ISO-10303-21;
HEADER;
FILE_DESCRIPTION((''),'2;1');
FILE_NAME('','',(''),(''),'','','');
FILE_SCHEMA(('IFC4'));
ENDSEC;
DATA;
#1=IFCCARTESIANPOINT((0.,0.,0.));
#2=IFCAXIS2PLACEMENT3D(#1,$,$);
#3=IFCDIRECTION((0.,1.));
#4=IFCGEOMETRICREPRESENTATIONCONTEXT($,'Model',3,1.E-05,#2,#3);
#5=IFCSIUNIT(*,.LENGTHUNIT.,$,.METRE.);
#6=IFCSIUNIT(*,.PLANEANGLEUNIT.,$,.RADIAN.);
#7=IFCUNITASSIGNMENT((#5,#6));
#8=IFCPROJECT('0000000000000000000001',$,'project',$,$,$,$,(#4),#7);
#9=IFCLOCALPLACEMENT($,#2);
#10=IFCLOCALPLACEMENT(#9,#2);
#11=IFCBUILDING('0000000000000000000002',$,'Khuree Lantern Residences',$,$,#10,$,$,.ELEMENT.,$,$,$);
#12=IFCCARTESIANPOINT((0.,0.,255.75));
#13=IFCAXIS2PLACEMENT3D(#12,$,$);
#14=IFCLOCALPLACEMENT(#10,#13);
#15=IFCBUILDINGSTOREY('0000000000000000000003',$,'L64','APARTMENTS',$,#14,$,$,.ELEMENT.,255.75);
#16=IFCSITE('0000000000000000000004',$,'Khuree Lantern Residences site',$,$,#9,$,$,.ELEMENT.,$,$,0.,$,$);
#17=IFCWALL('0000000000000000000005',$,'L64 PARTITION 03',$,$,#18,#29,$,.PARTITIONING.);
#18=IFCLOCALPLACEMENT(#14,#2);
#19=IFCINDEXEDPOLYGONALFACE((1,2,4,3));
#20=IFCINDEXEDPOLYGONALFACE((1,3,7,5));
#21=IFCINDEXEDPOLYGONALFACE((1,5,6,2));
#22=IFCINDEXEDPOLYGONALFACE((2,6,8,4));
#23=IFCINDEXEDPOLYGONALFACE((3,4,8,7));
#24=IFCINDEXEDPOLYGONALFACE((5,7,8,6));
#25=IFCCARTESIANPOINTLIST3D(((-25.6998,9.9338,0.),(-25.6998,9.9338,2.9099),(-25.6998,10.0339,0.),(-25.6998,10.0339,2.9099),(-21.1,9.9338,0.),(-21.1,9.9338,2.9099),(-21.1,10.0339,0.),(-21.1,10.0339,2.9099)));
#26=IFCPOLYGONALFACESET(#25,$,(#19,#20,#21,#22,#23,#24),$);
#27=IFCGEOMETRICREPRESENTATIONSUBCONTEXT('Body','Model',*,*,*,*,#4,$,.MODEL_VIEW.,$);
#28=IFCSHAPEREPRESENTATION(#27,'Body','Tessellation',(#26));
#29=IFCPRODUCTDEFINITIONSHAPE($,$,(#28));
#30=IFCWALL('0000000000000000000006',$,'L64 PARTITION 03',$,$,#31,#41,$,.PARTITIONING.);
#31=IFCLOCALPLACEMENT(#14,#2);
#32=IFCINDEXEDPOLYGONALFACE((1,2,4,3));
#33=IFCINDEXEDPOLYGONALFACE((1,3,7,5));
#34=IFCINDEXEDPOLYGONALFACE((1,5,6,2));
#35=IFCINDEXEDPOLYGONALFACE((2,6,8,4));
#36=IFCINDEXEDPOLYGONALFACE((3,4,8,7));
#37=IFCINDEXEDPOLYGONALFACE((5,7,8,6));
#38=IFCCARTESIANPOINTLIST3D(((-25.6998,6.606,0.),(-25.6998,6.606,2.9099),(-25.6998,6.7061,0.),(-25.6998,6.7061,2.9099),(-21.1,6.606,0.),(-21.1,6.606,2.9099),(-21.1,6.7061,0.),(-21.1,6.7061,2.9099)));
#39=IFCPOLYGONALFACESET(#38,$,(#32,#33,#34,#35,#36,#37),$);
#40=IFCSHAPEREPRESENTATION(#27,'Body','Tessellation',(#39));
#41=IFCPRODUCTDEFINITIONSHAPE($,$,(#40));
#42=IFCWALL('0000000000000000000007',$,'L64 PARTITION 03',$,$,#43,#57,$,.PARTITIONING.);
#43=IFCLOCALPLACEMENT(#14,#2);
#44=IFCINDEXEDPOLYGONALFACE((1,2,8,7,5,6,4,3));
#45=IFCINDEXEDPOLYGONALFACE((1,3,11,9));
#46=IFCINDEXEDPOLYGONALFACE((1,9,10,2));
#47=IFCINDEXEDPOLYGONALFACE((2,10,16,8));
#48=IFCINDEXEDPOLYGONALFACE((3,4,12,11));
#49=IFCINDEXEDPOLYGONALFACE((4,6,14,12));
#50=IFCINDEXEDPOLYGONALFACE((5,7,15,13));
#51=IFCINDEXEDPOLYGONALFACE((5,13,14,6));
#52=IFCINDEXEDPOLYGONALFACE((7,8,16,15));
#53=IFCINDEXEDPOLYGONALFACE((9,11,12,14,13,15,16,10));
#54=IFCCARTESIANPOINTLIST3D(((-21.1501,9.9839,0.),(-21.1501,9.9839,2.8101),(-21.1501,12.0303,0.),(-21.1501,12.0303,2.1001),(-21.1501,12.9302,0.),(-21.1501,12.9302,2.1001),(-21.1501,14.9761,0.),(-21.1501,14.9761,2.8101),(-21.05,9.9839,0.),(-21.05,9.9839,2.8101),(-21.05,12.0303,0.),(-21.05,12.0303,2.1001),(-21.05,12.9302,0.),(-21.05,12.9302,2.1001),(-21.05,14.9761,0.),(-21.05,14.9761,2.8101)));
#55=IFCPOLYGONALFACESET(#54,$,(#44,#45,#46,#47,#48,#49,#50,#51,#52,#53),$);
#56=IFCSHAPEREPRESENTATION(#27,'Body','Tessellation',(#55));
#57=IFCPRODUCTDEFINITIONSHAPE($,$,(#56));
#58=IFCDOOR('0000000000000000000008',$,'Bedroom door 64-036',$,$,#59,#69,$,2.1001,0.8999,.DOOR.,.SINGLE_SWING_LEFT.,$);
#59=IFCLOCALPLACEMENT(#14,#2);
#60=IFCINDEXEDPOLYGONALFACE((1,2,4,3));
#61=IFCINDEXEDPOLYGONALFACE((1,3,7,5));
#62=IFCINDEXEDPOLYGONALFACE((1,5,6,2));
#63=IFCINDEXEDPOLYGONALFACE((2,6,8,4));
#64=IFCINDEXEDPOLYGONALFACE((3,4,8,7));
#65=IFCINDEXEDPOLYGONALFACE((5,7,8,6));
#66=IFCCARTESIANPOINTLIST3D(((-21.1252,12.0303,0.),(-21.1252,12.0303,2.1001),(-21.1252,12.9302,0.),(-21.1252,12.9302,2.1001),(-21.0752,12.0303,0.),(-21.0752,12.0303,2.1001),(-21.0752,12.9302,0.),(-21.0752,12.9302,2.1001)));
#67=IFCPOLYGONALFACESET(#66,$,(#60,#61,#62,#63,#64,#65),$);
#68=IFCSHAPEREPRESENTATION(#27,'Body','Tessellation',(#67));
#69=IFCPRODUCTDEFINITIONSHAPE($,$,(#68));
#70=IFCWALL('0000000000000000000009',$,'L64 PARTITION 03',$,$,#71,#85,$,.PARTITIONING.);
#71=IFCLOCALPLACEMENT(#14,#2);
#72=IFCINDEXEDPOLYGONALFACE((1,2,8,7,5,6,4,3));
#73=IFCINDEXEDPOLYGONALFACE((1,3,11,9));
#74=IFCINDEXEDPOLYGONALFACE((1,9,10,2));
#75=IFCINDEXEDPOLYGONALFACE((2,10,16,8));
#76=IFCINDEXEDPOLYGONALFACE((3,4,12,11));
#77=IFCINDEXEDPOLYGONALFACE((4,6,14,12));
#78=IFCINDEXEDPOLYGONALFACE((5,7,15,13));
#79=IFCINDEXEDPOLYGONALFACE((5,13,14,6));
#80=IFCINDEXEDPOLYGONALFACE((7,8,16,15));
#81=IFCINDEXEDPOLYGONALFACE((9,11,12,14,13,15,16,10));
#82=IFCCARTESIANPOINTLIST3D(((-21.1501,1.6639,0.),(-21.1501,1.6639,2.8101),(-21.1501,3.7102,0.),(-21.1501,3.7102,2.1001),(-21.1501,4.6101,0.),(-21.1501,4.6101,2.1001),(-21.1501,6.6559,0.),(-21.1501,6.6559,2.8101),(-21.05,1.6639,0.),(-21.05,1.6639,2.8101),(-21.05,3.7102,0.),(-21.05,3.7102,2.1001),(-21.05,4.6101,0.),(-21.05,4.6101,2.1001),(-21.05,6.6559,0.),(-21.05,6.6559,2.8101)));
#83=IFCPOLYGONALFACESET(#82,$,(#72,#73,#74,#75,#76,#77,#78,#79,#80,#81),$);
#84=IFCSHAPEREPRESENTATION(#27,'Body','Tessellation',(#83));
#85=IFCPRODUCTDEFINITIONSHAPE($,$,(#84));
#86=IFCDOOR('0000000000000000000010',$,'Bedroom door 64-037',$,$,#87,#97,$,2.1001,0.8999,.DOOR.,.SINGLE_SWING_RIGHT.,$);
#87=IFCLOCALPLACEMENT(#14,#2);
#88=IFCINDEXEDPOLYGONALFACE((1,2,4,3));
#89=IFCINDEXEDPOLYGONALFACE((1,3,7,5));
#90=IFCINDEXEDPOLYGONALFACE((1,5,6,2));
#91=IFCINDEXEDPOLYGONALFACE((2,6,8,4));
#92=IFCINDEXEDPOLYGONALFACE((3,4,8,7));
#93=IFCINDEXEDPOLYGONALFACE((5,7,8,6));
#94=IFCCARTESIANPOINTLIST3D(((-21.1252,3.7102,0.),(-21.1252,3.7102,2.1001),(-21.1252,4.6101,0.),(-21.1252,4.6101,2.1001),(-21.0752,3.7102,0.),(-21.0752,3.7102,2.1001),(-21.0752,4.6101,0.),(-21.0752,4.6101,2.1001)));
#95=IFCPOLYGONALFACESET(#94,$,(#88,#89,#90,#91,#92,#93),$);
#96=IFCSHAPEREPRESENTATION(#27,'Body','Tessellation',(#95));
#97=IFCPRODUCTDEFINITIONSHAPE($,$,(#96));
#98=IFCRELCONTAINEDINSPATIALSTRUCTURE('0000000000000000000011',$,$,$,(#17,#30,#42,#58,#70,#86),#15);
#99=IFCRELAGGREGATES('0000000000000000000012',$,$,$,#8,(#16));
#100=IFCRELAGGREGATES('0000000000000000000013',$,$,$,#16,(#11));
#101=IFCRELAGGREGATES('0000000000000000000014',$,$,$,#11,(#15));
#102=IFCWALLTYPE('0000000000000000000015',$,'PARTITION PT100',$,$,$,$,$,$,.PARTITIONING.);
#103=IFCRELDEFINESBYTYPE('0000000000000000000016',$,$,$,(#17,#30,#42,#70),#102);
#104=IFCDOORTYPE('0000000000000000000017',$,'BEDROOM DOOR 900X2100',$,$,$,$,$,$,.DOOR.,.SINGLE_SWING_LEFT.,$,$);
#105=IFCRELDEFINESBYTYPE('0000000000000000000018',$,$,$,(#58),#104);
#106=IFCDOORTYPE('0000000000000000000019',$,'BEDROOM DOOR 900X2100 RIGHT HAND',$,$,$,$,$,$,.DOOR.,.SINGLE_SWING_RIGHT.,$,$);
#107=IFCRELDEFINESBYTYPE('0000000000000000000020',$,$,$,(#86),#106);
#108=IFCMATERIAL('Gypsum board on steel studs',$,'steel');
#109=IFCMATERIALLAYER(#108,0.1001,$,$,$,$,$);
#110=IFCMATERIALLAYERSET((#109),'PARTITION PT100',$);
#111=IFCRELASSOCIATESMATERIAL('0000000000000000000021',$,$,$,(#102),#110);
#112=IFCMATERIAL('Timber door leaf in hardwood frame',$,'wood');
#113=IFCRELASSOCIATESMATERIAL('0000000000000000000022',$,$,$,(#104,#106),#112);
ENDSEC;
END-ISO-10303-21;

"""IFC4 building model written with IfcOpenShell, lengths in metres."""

from ifc_helpers import new_model, si_unit, direction, frame, frame_2d, origin, place, context, subcontext, project, spatial, rectangle, extrude, material, layer, layer_set, type_object, element, fill, save


model = new_model("IFC4")

# Units and contexts
model_context = context("Model", 3, precision=1e-05, world=origin(), true_north=direction((0.0, 1.0)))
body_context = subcontext(model_context, "Body", "Model", "MODEL_VIEW")
ifc_project = project(units=[si_unit("LENGTHUNIT", "METRE"), si_unit("PLANEANGLEUNIT", "RADIAN")], contexts=[model_context])

# Site, building, storey
site_placement = place(None, origin())
site = spatial("IfcSite", under=ifc_project, at=site_placement, Name="Khuree Lantern Residences site", CompositionType="ELEMENT", RefElevation=0.0)
building_placement = place(site_placement, origin())
building = spatial("IfcBuilding", under=site, at=building_placement, Name="Khuree Lantern Residences", CompositionType="ELEMENT")
storey_placement = place(building_placement, frame((0.0, 0.0, 255.75)))
storey = spatial("IfcBuildingStorey", under=building, at=storey_placement, Name="L64", Description="APARTMENTS", CompositionType="ELEMENT", Elevation=255.75)

# Shared definitions
ifc_material_1 = material(Name="Timber door leaf in hardwood frame", Category="wood")

# Shared definitions
ifc_material_2 = material(Name="Gypsum board on steel studs", Category="steel")

# Walls
ifc_layer_1 = layer(ifc_material_2, 0.1001)
ifc_layer_set_1 = layer_set([ifc_layer_1], Name="PARTITION PT100")
wall_type_1 = type_object("IfcWallType", Name="PARTITION PT100", PredefinedType="PARTITIONING", material=ifc_layer_set_1)
for number, where, z_axis, x_axis, name in (
    (1, (-21.1001, 9.9839, 0.0), (0.0, 0.0, 1.0), (-1.0, 0.0, 0.0), "L64 PARTITION 03"),
    (2, (-21.1001, 6.656, 0.0), (0.0, 0.0, 1.0), (-1.0, 0.0, 0.0), "L64 PARTITION 03"),
):
    element("IfcWall", number, at=place(storey_placement, frame(where, z_axis=z_axis, x_axis=x_axis)), inside=storey, type_object=wall_type_1, Name=name, PredefinedType="PARTITIONING", context=body_context, shape_type="SweptSolid", body=[
        extrude(rectangle(XDim=4.5999, YDim=0.1001, at=frame_2d((2.2998, 0.0))), origin(), (0.0, 0.0, 1.0), 2.9099),
    ])

# Walls, openings, doors
wall_1_placement = place(storey_placement, frame((-21.1001, 14.9761, 0.0), z_axis=(0.0, 0.0, 1.0), x_axis=(0.0, -1.0, 0.0)))
wall_1 = element("IfcWall", 3, at=wall_1_placement, inside=storey, type_object=wall_type_1, Name="L64 PARTITION 03", PredefinedType="PARTITIONING", context=body_context, shape_type="SweptSolid", body=[
    extrude(rectangle(XDim=4.9922, YDim=0.1001, at=frame_2d((2.4961, 0.0))), origin(), (0.0, 0.0, 1.0), 2.8101),
])
opening_1_placement = place(wall_1_placement, frame((2.0459, 0.0, 0.0)))
opening_1 = element("IfcOpeningElement", 4, at=opening_1_placement, cuts=wall_1, PredefinedType="OPENING", context=body_context, shape_type="SweptSolid", body=[
    extrude(rectangle(XDim=0.8999, YDim=2.1001, at=frame_2d((0.45, 1.05))), frame((0.0, 0.0601, 0.0), z_axis=(0.0, -1.0, 0.0), x_axis=(1.0, 0.0, 0.0)), (0.0, 0.0, 1.0), 0.1201),
])
door_type_1 = type_object("IfcDoorType", Name="BEDROOM DOOR 900X2100", OperationType="SINGLE_SWING_LEFT", PredefinedType="DOOR", material=ifc_material_1)
door_1_placement = place(opening_1_placement, origin())
door_1 = element("IfcDoor", 5, at=door_1_placement, inside=storey, type_object=door_type_1, Name="Bedroom door 64-036", OperationType="SINGLE_SWING_LEFT", OverallHeight=2.1001, OverallWidth=0.8999, PredefinedType="DOOR", context=body_context, shape_type="SweptSolid", body=[
    extrude(rectangle(XDim=0.8999, YDim=2.1001, at=frame_2d((0.45, 1.05))), frame((0.0, 0.0249, 0.0), z_axis=(0.0, -1.0, 0.0), x_axis=(1.0, 0.0, 0.0)), (0.0, 0.0, 1.0), 0.05),
])
fill(opening_1, door_1)
wall_2_placement = place(storey_placement, frame((-21.1001, 6.656, 0.0), z_axis=(0.0, 0.0, 1.0), x_axis=(0.0, -1.0, 0.0)))
wall_2 = element("IfcWall", 6, at=wall_2_placement, inside=storey, type_object=wall_type_1, Name="L64 PARTITION 03", PredefinedType="PARTITIONING", context=body_context, shape_type="SweptSolid", body=[
    extrude(rectangle(XDim=4.9919, YDim=0.1001, at=frame_2d((2.4961, 0.0))), origin(), (0.0, 0.0, 1.0), 2.8101),
])
opening_2_placement = place(wall_2_placement, frame((2.0459, 0.0, 0.0)))
opening_2 = element("IfcOpeningElement", 7, at=opening_2_placement, cuts=wall_2, PredefinedType="OPENING", context=body_context, shape_type="SweptSolid", body=[
    extrude(rectangle(XDim=0.8999, YDim=2.1001, at=frame_2d((0.45, 1.05))), frame((0.0, 0.0601, 0.0), z_axis=(0.0, -1.0, 0.0), x_axis=(1.0, 0.0, 0.0)), (0.0, 0.0, 1.0), 0.1201),
])
door_type_2 = type_object("IfcDoorType", Name="BEDROOM DOOR 900X2100 RIGHT HAND", OperationType="SINGLE_SWING_RIGHT", PredefinedType="DOOR", material=ifc_material_1)
door_2_placement = place(opening_2_placement, origin())
door_2 = element("IfcDoor", 8, at=door_2_placement, inside=storey, type_object=door_type_2, Name="Bedroom door 64-037", OperationType="SINGLE_SWING_RIGHT", OverallHeight=2.1001, OverallWidth=0.8999, PredefinedType="DOOR", context=body_context, shape_type="SweptSolid", body=[
    extrude(rectangle(XDim=0.8999, YDim=2.1001, at=frame_2d((0.45, 1.05))), frame((0.0, 0.0249, 0.0), z_axis=(0.0, -1.0, 0.0), x_axis=(1.0, 0.0, 0.0)), (0.0, 0.0, 1.0), 0.05),
])
fill(opening_2, door_2)

save(model, "model.ifc")
